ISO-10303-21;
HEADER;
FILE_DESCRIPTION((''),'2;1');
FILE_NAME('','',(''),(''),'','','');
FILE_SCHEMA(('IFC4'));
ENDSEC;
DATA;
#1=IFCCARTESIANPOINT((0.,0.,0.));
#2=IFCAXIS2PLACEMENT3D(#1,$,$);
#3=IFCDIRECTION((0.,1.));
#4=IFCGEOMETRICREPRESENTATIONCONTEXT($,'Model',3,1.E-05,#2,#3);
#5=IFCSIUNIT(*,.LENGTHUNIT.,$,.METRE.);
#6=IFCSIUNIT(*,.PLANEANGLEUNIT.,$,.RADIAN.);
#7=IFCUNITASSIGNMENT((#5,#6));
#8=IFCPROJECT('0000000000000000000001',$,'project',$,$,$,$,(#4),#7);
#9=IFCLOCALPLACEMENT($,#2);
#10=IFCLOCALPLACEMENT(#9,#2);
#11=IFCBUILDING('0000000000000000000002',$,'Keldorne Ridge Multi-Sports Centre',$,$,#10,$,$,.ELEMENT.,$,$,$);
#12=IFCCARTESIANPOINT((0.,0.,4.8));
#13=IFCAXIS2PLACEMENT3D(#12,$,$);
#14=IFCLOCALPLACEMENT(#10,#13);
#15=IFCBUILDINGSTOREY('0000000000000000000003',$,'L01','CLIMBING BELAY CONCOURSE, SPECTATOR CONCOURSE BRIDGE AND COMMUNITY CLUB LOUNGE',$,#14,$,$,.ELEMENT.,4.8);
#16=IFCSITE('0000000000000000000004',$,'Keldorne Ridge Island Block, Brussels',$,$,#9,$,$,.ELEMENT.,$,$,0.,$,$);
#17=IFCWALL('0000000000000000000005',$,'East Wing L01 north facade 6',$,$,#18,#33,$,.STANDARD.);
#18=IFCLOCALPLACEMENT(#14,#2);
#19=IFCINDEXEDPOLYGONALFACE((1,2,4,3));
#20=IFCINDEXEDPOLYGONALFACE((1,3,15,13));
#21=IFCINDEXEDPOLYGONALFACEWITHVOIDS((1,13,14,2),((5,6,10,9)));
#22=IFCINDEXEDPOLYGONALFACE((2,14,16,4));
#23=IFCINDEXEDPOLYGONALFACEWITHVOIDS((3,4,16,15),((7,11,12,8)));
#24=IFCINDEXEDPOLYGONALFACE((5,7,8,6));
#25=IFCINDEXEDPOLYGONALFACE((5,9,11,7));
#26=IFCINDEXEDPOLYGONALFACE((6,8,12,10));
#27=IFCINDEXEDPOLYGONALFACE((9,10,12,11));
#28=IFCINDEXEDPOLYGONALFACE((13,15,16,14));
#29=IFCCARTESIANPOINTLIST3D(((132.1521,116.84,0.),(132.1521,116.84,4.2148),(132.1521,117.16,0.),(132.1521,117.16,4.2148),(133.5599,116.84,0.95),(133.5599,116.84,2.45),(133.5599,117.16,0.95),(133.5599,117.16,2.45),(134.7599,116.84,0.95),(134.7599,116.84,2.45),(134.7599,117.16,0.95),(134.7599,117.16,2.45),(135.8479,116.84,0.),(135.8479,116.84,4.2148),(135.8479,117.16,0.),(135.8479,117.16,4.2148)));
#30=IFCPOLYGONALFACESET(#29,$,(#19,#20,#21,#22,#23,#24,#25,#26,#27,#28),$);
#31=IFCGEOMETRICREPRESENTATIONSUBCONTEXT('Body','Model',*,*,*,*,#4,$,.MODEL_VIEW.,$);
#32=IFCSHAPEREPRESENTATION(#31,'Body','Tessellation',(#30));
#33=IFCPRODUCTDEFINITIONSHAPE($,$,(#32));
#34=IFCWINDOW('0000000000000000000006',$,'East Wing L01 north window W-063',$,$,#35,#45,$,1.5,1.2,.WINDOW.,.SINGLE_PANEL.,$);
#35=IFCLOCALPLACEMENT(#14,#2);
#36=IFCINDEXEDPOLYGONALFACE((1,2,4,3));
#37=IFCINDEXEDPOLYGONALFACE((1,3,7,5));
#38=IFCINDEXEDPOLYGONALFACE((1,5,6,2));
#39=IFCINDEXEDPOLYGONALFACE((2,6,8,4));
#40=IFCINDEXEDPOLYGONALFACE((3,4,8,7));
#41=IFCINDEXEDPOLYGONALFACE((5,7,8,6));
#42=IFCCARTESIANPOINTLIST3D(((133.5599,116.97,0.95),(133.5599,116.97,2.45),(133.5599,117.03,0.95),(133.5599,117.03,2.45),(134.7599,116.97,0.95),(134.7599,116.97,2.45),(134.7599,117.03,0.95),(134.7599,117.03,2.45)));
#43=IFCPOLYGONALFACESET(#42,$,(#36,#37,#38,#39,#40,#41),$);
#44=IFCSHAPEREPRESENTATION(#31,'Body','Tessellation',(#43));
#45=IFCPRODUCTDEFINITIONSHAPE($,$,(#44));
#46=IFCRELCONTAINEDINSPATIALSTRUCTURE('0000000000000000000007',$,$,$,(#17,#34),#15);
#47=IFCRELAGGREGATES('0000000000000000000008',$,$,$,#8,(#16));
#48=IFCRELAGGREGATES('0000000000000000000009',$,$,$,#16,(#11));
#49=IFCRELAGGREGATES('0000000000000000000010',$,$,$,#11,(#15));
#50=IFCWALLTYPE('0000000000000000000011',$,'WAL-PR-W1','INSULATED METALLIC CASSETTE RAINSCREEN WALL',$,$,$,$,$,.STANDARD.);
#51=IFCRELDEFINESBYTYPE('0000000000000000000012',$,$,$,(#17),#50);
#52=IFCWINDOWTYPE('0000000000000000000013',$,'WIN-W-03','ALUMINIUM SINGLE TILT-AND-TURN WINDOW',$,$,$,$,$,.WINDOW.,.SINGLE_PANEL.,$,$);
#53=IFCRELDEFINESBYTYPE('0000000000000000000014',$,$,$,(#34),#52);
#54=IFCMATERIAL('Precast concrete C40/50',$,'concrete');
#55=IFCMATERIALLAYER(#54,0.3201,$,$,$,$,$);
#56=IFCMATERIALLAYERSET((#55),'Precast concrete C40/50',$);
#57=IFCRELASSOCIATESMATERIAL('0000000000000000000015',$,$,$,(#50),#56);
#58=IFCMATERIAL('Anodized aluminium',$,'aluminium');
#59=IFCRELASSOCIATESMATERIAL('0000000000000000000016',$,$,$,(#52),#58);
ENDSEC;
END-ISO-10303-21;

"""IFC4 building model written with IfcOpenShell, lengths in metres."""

from ifc_helpers import new_model, si_unit, direction, frame, frame_2d, origin, place, context, subcontext, project, spatial, rectangle, extrude, material, layer, layer_set, type_object, element, fill, save


model = new_model("IFC4")

# Units and contexts
model_context = context("Model", 3, precision=1e-05, world=origin(), true_north=direction((0.0, 1.0)))
body_context = subcontext(model_context, "Body", "Model", "MODEL_VIEW")
ifc_project = project(units=[si_unit("LENGTHUNIT", "METRE"), si_unit("PLANEANGLEUNIT", "RADIAN")], contexts=[model_context])

# Site, building, storey
site_placement = place(None, origin())
site = spatial("IfcSite", under=ifc_project, at=site_placement, Name="Keldorne Ridge Island Block, Brussels", CompositionType="ELEMENT", RefElevation=0.0)
building_placement = place(site_placement, origin())
building = spatial("IfcBuilding", under=site, at=building_placement, Name="Keldorne Ridge Multi-Sports Centre", CompositionType="ELEMENT")
storey_placement = place(building_placement, frame((0.0, 0.0, 4.8)))
storey = spatial("IfcBuildingStorey", under=building, at=storey_placement, Name="L01", Description="CLIMBING BELAY CONCOURSE, SPECTATOR CONCOURSE BRIDGE AND COMMUNITY CLUB LOUNGE", CompositionType="ELEMENT", Elevation=4.8)

# Shared definitions
ifc_material_1 = material(Name="Anodized aluminium", Category="aluminium")

# Wall, opening, window
ifc_material_2 = material(Name="Precast concrete C40/50", Category="concrete")
ifc_layer_1 = layer(ifc_material_2, 0.3201)
ifc_layer_set_1 = layer_set([ifc_layer_1], Name="Precast concrete C40/50")
wall_type = type_object("IfcWallType", Name="WAL-PR-W1", Description="INSULATED METALLIC CASSETTE RAINSCREEN WALL", PredefinedType="STANDARD", material=ifc_layer_set_1)
window_type = type_object("IfcWindowType", Name="WIN-W-03", Description="ALUMINIUM SINGLE TILT-AND-TURN WINDOW", PartitioningType="SINGLE_PANEL", PredefinedType="WINDOW", material=ifc_material_1)
wall_1_placement = place(storey_placement, frame((135.8479, 117.0, 0.0), z_axis=(0.0, 0.0, 1.0), x_axis=(-1.0, 0.0, 0.0)))
wall_1 = element("IfcWall", 1, at=wall_1_placement, inside=storey, type_object=wall_type, Name="East Wing L01 north facade 6", PredefinedType="STANDARD", context=body_context, shape_type="SweptSolid", body=[
    extrude(rectangle(XDim=3.6958, YDim=0.3201, at=frame_2d((1.8479, 0.0))), origin(), (0.0, 0.0, 1.0), 4.2148),
])
opening_1_placement = place(wall_1_placement, frame((1.0879, 0.0, 0.95)))
opening_1 = element("IfcOpeningElement", 2, at=opening_1_placement, cuts=wall_1, PredefinedType="OPENING", context=body_context, shape_type="SweptSolid", body=[
    extrude(rectangle(XDim=1.2, YDim=1.5, at=frame_2d((0.6001, 0.75))), frame((0.0, 0.1699, 0.0), z_axis=(0.0, -1.0, 0.0), x_axis=(1.0, 0.0, 0.0)), (0.0, 0.0, 1.0), 0.3401),
])
window_1_placement = place(opening_1_placement, origin())
window_1 = element("IfcWindow", 3, at=window_1_placement, inside=storey, type_object=window_type, Name="East Wing L01 north window W-063", OverallHeight=1.5, OverallWidth=1.2, PartitioningType="SINGLE_PANEL", PredefinedType="WINDOW", context=body_context, shape_type="SweptSolid", body=[
    extrude(rectangle(XDim=1.2, YDim=1.5, at=frame_2d((0.6001, 0.75))), frame((0.0, 0.03, 0.0), z_axis=(0.0, -1.0, 0.0), x_axis=(1.0, 0.0, 0.0)), (0.0, 0.0, 1.0), 0.0601),
])
fill(opening_1, window_1)

save(model, "model.ifc")
